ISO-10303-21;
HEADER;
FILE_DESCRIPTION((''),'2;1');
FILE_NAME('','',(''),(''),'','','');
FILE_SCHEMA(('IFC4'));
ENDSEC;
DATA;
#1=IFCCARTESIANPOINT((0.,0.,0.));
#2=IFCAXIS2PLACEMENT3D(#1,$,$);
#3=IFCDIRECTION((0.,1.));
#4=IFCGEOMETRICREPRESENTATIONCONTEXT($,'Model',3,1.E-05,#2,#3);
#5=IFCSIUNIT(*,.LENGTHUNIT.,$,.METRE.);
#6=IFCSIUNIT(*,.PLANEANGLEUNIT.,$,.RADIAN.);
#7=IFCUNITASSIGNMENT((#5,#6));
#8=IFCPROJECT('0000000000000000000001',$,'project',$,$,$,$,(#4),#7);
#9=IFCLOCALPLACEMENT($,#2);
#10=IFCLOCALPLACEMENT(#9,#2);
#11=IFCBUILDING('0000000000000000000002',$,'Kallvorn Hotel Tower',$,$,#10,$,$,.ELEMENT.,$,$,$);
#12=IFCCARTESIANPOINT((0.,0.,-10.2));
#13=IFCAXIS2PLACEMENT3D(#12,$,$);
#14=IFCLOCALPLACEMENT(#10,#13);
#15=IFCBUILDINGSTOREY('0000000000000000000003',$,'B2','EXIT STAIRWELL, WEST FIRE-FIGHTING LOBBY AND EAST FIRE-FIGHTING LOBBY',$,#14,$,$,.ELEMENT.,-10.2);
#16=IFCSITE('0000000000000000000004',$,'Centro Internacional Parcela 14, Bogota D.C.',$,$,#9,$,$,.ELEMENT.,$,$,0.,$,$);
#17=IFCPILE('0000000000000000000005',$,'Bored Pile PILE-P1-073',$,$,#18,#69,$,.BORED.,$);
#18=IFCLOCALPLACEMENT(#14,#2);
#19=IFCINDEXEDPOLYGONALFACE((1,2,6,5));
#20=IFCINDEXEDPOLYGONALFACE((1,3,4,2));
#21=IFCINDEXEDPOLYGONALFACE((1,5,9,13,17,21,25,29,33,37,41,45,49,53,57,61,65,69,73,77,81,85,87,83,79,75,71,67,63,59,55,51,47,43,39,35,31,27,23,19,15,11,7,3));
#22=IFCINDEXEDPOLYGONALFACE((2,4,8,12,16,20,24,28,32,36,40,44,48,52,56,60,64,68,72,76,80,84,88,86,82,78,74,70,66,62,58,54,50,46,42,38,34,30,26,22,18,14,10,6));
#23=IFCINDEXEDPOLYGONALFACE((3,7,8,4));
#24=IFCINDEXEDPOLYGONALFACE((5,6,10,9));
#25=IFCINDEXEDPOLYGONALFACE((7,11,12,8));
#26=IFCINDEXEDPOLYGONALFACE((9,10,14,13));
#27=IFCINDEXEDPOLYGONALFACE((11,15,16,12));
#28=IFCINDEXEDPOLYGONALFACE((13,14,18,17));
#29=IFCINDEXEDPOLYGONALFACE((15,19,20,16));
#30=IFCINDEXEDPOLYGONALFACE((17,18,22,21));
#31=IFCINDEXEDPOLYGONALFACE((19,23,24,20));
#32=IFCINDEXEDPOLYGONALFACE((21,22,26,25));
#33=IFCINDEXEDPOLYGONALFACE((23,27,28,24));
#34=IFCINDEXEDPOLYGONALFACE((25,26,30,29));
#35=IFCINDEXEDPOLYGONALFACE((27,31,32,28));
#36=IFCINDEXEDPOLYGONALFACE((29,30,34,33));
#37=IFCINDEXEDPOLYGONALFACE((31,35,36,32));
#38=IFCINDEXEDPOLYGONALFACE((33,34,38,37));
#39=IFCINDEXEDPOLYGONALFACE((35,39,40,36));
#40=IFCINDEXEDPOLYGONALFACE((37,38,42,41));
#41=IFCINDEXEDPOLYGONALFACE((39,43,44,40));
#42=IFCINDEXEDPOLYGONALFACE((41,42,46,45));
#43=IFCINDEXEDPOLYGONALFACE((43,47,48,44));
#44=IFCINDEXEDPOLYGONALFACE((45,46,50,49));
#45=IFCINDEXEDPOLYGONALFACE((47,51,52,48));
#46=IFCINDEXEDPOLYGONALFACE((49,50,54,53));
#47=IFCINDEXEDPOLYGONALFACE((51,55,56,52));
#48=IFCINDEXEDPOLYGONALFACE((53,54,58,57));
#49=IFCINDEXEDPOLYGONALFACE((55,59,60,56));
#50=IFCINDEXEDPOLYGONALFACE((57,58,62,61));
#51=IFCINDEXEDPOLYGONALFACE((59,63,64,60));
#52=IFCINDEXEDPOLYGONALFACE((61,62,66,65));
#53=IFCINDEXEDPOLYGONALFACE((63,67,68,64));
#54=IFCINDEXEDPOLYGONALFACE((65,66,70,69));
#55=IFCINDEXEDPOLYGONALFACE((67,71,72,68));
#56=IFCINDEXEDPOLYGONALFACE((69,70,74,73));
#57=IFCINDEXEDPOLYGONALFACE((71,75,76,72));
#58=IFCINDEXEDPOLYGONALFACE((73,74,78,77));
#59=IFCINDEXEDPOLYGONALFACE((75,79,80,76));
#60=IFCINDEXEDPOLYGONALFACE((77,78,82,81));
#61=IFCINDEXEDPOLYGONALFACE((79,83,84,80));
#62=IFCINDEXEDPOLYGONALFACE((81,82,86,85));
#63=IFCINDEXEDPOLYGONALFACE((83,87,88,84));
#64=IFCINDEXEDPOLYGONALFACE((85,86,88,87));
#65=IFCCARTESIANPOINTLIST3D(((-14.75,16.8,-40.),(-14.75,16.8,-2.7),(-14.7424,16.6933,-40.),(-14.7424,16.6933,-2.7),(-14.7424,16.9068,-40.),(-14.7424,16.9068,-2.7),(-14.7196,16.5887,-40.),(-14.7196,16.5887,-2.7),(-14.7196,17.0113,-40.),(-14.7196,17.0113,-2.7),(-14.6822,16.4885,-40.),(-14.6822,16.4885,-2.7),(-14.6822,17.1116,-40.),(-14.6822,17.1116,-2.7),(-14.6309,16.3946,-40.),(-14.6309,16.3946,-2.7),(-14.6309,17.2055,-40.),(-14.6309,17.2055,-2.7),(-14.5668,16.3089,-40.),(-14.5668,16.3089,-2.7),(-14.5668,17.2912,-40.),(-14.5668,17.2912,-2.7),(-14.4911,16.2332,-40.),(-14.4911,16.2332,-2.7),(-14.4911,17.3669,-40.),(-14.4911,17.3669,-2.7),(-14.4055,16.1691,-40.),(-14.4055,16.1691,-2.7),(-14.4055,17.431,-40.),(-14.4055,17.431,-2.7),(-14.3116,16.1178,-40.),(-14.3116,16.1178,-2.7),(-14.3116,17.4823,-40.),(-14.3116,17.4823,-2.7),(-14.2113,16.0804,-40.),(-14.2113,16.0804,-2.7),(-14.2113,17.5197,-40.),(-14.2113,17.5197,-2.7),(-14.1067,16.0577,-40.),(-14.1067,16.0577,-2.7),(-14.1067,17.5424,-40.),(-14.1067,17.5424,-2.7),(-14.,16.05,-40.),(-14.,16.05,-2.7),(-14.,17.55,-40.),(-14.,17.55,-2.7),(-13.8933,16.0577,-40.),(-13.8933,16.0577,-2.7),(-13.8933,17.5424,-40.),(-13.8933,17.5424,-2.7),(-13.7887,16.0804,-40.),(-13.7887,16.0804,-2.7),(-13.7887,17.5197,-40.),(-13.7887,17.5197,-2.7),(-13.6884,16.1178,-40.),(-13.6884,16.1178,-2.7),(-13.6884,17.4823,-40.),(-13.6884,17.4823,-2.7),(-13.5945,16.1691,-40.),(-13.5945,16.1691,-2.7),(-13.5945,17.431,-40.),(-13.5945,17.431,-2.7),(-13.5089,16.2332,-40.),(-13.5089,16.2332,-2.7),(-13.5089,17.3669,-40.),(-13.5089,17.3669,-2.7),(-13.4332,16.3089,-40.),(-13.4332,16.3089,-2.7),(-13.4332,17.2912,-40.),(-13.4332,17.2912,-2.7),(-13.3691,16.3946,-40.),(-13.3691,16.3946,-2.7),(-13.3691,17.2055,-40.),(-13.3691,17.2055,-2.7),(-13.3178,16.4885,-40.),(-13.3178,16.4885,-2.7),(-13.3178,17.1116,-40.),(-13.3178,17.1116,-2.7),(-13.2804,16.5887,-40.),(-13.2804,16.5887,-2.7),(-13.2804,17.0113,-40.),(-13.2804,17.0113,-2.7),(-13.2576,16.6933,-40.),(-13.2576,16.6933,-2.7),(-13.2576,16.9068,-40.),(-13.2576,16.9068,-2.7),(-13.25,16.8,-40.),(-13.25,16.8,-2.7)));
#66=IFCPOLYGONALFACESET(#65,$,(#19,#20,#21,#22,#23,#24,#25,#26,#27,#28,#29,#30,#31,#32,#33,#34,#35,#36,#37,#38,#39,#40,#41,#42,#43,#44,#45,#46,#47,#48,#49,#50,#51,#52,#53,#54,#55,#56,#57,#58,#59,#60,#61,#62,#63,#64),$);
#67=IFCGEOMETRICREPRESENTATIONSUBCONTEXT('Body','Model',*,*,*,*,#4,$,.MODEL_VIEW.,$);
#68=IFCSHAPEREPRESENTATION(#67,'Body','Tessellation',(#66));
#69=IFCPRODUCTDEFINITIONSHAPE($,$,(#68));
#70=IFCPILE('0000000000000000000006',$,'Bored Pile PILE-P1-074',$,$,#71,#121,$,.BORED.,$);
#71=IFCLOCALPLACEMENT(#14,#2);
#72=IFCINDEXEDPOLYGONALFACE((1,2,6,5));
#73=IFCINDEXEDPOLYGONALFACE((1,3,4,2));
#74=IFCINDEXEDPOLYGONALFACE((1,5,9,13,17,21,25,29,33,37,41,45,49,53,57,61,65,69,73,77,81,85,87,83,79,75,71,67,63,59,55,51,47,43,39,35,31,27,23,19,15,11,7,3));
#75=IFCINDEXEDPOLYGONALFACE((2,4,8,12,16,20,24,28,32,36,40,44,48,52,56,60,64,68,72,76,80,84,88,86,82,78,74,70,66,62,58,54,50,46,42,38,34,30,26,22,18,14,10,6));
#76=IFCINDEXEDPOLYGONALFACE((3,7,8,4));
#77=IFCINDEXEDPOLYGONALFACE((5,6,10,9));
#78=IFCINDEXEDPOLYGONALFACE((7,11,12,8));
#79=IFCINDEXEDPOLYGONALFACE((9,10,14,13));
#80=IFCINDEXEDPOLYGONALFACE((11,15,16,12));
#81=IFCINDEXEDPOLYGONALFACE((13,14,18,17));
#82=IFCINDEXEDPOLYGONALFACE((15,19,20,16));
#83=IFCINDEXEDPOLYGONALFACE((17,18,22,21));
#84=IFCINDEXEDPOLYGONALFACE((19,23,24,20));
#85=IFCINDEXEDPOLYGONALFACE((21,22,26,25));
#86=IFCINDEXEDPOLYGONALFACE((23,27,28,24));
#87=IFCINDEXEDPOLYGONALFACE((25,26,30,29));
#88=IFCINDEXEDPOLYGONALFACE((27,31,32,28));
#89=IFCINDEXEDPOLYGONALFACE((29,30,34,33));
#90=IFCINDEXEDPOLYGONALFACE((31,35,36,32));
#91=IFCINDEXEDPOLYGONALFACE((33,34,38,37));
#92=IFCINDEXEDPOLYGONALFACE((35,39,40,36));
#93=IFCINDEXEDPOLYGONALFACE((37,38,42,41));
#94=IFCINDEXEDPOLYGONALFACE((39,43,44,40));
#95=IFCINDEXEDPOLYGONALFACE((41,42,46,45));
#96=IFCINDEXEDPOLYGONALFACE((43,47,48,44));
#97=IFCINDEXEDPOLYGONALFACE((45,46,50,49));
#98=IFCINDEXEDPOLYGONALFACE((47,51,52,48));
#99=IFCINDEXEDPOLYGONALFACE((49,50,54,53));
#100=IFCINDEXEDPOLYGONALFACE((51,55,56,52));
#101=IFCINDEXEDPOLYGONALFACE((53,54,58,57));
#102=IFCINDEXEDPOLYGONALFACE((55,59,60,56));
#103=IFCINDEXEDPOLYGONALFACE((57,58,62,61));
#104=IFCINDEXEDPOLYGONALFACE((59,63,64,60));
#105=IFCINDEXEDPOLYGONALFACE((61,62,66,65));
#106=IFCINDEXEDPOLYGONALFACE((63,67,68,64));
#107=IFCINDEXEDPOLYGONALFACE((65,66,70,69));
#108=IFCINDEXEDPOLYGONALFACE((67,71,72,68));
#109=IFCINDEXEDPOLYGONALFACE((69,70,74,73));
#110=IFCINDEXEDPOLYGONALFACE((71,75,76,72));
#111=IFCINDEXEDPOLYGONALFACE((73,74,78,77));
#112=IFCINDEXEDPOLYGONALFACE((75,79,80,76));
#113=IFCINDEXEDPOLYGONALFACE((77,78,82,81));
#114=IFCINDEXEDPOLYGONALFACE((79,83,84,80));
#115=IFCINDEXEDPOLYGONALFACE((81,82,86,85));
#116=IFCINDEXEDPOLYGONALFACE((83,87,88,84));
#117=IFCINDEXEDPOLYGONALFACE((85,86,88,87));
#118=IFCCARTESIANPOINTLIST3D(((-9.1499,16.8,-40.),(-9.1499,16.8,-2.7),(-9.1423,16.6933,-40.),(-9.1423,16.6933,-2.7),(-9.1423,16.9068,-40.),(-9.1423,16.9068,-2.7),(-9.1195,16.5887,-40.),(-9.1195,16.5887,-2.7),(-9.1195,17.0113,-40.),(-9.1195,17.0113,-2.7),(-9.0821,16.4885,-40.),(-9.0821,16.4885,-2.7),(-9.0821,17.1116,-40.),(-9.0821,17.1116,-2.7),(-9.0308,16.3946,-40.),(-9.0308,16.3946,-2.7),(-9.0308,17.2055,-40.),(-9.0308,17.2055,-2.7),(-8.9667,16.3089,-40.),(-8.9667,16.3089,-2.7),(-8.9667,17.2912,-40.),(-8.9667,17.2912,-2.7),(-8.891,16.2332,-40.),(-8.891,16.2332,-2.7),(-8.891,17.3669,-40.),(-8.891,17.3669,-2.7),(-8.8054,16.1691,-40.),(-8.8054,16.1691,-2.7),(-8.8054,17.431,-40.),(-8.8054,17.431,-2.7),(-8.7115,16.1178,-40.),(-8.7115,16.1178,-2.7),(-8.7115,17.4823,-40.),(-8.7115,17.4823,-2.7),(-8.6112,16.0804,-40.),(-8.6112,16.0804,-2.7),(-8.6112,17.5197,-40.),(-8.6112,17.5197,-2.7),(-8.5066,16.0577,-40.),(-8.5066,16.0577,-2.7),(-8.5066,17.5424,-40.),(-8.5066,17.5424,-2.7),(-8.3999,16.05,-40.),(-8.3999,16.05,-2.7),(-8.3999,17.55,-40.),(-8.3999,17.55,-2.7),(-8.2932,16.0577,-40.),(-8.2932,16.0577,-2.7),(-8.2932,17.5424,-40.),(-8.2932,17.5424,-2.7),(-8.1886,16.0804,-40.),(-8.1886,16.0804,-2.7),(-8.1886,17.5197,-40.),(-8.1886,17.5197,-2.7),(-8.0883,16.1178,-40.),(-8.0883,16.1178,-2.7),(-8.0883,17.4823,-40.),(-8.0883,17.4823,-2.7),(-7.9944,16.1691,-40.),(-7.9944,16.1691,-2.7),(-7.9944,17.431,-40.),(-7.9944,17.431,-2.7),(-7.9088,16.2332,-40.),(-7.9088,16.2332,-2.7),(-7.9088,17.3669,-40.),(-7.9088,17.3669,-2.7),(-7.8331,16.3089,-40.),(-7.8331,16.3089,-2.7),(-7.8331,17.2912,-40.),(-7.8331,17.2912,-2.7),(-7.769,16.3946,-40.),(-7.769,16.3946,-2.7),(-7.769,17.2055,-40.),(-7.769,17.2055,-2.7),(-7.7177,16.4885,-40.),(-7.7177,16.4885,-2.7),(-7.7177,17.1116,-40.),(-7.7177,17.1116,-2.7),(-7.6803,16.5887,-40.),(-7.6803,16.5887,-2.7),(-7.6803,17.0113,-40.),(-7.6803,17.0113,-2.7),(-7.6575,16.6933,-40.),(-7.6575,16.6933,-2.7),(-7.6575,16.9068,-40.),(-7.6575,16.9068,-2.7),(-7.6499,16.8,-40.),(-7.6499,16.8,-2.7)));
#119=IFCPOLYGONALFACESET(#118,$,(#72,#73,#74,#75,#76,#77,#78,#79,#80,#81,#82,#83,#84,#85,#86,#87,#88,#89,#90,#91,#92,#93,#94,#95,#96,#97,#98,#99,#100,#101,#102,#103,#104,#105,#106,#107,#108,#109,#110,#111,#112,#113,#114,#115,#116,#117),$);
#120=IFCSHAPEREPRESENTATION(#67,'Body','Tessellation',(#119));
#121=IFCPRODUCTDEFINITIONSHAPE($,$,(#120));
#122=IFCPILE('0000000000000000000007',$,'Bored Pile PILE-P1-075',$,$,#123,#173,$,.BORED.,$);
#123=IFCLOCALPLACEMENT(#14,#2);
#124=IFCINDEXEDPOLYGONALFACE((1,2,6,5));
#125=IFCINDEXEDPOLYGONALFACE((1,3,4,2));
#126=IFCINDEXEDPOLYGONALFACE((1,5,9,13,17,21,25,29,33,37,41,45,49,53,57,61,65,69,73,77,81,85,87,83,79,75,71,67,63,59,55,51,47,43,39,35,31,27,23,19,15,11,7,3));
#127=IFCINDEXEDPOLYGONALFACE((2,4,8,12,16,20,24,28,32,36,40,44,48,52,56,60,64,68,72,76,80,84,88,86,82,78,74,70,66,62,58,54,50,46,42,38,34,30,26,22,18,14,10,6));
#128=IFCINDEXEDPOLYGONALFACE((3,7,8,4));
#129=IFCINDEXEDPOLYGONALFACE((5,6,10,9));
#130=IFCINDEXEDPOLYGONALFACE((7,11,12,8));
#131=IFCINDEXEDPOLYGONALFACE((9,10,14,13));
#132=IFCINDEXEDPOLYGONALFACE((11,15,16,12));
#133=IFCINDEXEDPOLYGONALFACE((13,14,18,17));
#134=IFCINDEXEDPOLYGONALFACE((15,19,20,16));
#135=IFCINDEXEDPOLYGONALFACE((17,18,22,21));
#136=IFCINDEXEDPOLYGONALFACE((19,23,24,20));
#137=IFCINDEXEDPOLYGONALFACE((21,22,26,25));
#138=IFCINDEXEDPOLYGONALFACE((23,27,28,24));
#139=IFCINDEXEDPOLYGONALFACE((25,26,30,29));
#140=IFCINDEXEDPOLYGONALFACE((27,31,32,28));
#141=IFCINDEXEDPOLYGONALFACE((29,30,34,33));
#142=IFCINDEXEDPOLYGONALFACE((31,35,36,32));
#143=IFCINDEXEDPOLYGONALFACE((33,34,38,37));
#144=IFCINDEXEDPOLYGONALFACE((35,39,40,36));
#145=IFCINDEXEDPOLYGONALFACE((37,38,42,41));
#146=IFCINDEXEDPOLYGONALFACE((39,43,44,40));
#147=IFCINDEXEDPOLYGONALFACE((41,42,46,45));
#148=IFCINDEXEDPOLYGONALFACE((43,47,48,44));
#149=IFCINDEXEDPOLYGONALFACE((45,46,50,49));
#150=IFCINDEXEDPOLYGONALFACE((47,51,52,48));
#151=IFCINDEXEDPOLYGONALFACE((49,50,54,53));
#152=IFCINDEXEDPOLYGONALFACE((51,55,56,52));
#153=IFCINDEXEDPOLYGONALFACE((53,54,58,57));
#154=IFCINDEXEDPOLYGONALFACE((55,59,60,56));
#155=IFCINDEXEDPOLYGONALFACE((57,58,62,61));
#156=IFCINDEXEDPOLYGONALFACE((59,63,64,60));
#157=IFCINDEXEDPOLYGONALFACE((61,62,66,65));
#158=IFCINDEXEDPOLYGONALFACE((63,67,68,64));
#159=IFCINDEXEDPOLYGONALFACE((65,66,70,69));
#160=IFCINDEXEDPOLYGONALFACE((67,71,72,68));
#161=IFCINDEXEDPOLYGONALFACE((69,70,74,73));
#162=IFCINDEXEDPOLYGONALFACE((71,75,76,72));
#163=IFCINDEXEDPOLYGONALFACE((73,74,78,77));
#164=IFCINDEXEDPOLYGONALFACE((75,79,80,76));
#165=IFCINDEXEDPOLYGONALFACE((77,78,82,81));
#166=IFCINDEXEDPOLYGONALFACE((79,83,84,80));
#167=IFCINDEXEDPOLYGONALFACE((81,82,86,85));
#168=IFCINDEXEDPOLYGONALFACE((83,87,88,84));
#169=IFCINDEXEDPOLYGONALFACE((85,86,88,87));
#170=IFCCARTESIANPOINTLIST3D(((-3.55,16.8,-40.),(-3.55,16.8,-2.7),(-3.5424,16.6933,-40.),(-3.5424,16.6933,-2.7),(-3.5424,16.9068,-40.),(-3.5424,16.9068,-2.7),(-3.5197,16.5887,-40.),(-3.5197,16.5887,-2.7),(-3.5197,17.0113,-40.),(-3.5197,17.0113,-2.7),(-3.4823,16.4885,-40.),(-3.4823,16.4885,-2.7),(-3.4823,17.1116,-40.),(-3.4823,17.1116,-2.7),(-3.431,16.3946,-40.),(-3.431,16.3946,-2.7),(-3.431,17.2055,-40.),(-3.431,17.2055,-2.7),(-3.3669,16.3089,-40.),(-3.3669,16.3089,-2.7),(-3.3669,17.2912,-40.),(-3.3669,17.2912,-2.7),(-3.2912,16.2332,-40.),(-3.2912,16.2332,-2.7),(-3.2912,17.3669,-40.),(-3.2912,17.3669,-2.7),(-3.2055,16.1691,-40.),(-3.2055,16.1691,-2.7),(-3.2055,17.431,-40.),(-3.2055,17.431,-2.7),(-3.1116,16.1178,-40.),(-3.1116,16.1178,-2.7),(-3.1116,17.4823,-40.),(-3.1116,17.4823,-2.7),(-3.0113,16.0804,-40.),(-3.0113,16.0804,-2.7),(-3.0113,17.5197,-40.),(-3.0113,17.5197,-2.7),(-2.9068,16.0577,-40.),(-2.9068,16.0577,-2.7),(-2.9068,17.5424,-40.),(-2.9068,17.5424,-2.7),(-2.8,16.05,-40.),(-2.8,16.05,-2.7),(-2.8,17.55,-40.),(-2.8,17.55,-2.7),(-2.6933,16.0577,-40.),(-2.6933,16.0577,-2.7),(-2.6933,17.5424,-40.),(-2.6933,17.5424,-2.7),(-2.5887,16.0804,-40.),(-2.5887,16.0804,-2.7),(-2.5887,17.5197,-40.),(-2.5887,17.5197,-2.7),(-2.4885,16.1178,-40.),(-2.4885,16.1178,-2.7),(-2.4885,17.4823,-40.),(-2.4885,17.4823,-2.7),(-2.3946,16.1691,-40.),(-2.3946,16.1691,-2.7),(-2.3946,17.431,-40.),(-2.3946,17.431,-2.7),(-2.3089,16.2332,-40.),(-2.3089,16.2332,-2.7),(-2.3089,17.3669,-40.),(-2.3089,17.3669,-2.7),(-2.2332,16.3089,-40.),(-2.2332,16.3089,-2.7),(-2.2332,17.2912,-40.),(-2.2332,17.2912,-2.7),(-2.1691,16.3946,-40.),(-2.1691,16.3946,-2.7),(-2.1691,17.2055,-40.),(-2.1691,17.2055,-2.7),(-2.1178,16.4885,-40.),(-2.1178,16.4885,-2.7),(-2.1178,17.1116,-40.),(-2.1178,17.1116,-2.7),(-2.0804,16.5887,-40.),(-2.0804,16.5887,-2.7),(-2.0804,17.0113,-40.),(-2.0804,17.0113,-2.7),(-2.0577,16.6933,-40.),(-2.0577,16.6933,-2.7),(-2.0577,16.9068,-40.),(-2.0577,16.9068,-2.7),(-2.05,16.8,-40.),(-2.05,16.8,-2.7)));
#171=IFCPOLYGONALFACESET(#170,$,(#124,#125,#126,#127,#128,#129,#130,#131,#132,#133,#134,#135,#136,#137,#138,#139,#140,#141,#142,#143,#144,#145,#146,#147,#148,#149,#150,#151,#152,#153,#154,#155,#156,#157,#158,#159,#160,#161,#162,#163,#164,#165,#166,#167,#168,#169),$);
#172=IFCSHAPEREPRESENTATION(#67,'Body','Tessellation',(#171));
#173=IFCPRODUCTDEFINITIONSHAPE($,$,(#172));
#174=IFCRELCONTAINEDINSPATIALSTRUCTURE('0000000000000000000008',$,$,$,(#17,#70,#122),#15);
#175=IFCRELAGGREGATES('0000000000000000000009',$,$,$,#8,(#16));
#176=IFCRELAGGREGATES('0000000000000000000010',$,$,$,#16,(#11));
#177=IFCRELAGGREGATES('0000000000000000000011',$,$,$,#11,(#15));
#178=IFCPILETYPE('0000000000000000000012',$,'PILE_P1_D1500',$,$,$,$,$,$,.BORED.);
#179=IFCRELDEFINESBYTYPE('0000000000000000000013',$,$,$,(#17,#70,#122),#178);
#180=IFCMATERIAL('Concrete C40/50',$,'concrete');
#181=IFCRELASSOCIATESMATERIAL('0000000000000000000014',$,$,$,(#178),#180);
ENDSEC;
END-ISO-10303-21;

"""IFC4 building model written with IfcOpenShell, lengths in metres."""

from ifc_helpers import new_model, si_unit, direction, frame, origin, origin_2d, place, context, subcontext, project, spatial, circle, extrude, material, material_profile, profile_set, type_object, element, save


model = new_model("IFC4")

# Units and contexts
model_context = context("Model", 3, precision=1e-05, world=origin(), true_north=direction((0.0, 1.0)))
body_context = subcontext(model_context, "Body", "Model", "MODEL_VIEW")
ifc_project = project(units=[si_unit("LENGTHUNIT", "METRE"), si_unit("PLANEANGLEUNIT", "RADIAN")], contexts=[model_context])

# Site, building, storey
site_placement = place(None, origin())
site = spatial("IfcSite", under=ifc_project, at=site_placement, Name="Centro Internacional Parcela 14, Bogota D.C.", CompositionType="ELEMENT", RefElevation=0.0)
building_placement = place(site_placement, origin())
building = spatial("IfcBuilding", under=site, at=building_placement, Name="Kallvorn Hotel Tower", CompositionType="ELEMENT")
storey_placement = place(building_placement, frame((0.0, 0.0, -10.2)))
storey = spatial("IfcBuildingStorey", under=building, at=storey_placement, Name="B2", Description="EXIT STAIRWELL, WEST FIRE-FIGHTING LOBBY AND EAST FIRE-FIGHTING LOBBY", CompositionType="ELEMENT", Elevation=-10.2)

# Piles
ifc_material_1 = material(Name="Concrete C40/50", Category="concrete")
ifc_material_profile_1 = material_profile(ifc_material_1, circle(Radius=0.75, at=origin_2d()), Name="PILE D1500")
ifc_profile_set_1 = profile_set([ifc_material_profile_1], Name="Concrete C40/50")
pile_type_1 = type_object("IfcPileType", Name="PILE_P1_D1500", PredefinedType="BORED", material=ifc_profile_set_1)
for number, where, z_axis, x_axis, name in (
    (1, (-14.0, 16.8, -2.7), (0.0, 0.0, -1.0), (1.0, 0.0, 0.0), "Bored Pile PILE-P1-073"),
    (2, (-8.3999, 16.8, -2.7), (0.0, 0.0, -1.0), (1.0, 0.0, 0.0), "Bored Pile PILE-P1-074"),
    (3, (-2.8, 16.8, -2.7), (0.0, 0.0, -1.0), (1.0, 0.0, 0.0), "Bored Pile PILE-P1-075"),
):
    element("IfcPile", number, at=place(storey_placement, frame(where, z_axis=z_axis, x_axis=x_axis)), inside=storey, type_object=pile_type_1, Name=name, PredefinedType="BORED", context=body_context, shape_type="SweptSolid", body=[
        extrude(circle(Radius=0.75, at=origin_2d()), origin(), (0.0, 0.0, 1.0), 37.3),
    ])

save(model, "model.ifc")
